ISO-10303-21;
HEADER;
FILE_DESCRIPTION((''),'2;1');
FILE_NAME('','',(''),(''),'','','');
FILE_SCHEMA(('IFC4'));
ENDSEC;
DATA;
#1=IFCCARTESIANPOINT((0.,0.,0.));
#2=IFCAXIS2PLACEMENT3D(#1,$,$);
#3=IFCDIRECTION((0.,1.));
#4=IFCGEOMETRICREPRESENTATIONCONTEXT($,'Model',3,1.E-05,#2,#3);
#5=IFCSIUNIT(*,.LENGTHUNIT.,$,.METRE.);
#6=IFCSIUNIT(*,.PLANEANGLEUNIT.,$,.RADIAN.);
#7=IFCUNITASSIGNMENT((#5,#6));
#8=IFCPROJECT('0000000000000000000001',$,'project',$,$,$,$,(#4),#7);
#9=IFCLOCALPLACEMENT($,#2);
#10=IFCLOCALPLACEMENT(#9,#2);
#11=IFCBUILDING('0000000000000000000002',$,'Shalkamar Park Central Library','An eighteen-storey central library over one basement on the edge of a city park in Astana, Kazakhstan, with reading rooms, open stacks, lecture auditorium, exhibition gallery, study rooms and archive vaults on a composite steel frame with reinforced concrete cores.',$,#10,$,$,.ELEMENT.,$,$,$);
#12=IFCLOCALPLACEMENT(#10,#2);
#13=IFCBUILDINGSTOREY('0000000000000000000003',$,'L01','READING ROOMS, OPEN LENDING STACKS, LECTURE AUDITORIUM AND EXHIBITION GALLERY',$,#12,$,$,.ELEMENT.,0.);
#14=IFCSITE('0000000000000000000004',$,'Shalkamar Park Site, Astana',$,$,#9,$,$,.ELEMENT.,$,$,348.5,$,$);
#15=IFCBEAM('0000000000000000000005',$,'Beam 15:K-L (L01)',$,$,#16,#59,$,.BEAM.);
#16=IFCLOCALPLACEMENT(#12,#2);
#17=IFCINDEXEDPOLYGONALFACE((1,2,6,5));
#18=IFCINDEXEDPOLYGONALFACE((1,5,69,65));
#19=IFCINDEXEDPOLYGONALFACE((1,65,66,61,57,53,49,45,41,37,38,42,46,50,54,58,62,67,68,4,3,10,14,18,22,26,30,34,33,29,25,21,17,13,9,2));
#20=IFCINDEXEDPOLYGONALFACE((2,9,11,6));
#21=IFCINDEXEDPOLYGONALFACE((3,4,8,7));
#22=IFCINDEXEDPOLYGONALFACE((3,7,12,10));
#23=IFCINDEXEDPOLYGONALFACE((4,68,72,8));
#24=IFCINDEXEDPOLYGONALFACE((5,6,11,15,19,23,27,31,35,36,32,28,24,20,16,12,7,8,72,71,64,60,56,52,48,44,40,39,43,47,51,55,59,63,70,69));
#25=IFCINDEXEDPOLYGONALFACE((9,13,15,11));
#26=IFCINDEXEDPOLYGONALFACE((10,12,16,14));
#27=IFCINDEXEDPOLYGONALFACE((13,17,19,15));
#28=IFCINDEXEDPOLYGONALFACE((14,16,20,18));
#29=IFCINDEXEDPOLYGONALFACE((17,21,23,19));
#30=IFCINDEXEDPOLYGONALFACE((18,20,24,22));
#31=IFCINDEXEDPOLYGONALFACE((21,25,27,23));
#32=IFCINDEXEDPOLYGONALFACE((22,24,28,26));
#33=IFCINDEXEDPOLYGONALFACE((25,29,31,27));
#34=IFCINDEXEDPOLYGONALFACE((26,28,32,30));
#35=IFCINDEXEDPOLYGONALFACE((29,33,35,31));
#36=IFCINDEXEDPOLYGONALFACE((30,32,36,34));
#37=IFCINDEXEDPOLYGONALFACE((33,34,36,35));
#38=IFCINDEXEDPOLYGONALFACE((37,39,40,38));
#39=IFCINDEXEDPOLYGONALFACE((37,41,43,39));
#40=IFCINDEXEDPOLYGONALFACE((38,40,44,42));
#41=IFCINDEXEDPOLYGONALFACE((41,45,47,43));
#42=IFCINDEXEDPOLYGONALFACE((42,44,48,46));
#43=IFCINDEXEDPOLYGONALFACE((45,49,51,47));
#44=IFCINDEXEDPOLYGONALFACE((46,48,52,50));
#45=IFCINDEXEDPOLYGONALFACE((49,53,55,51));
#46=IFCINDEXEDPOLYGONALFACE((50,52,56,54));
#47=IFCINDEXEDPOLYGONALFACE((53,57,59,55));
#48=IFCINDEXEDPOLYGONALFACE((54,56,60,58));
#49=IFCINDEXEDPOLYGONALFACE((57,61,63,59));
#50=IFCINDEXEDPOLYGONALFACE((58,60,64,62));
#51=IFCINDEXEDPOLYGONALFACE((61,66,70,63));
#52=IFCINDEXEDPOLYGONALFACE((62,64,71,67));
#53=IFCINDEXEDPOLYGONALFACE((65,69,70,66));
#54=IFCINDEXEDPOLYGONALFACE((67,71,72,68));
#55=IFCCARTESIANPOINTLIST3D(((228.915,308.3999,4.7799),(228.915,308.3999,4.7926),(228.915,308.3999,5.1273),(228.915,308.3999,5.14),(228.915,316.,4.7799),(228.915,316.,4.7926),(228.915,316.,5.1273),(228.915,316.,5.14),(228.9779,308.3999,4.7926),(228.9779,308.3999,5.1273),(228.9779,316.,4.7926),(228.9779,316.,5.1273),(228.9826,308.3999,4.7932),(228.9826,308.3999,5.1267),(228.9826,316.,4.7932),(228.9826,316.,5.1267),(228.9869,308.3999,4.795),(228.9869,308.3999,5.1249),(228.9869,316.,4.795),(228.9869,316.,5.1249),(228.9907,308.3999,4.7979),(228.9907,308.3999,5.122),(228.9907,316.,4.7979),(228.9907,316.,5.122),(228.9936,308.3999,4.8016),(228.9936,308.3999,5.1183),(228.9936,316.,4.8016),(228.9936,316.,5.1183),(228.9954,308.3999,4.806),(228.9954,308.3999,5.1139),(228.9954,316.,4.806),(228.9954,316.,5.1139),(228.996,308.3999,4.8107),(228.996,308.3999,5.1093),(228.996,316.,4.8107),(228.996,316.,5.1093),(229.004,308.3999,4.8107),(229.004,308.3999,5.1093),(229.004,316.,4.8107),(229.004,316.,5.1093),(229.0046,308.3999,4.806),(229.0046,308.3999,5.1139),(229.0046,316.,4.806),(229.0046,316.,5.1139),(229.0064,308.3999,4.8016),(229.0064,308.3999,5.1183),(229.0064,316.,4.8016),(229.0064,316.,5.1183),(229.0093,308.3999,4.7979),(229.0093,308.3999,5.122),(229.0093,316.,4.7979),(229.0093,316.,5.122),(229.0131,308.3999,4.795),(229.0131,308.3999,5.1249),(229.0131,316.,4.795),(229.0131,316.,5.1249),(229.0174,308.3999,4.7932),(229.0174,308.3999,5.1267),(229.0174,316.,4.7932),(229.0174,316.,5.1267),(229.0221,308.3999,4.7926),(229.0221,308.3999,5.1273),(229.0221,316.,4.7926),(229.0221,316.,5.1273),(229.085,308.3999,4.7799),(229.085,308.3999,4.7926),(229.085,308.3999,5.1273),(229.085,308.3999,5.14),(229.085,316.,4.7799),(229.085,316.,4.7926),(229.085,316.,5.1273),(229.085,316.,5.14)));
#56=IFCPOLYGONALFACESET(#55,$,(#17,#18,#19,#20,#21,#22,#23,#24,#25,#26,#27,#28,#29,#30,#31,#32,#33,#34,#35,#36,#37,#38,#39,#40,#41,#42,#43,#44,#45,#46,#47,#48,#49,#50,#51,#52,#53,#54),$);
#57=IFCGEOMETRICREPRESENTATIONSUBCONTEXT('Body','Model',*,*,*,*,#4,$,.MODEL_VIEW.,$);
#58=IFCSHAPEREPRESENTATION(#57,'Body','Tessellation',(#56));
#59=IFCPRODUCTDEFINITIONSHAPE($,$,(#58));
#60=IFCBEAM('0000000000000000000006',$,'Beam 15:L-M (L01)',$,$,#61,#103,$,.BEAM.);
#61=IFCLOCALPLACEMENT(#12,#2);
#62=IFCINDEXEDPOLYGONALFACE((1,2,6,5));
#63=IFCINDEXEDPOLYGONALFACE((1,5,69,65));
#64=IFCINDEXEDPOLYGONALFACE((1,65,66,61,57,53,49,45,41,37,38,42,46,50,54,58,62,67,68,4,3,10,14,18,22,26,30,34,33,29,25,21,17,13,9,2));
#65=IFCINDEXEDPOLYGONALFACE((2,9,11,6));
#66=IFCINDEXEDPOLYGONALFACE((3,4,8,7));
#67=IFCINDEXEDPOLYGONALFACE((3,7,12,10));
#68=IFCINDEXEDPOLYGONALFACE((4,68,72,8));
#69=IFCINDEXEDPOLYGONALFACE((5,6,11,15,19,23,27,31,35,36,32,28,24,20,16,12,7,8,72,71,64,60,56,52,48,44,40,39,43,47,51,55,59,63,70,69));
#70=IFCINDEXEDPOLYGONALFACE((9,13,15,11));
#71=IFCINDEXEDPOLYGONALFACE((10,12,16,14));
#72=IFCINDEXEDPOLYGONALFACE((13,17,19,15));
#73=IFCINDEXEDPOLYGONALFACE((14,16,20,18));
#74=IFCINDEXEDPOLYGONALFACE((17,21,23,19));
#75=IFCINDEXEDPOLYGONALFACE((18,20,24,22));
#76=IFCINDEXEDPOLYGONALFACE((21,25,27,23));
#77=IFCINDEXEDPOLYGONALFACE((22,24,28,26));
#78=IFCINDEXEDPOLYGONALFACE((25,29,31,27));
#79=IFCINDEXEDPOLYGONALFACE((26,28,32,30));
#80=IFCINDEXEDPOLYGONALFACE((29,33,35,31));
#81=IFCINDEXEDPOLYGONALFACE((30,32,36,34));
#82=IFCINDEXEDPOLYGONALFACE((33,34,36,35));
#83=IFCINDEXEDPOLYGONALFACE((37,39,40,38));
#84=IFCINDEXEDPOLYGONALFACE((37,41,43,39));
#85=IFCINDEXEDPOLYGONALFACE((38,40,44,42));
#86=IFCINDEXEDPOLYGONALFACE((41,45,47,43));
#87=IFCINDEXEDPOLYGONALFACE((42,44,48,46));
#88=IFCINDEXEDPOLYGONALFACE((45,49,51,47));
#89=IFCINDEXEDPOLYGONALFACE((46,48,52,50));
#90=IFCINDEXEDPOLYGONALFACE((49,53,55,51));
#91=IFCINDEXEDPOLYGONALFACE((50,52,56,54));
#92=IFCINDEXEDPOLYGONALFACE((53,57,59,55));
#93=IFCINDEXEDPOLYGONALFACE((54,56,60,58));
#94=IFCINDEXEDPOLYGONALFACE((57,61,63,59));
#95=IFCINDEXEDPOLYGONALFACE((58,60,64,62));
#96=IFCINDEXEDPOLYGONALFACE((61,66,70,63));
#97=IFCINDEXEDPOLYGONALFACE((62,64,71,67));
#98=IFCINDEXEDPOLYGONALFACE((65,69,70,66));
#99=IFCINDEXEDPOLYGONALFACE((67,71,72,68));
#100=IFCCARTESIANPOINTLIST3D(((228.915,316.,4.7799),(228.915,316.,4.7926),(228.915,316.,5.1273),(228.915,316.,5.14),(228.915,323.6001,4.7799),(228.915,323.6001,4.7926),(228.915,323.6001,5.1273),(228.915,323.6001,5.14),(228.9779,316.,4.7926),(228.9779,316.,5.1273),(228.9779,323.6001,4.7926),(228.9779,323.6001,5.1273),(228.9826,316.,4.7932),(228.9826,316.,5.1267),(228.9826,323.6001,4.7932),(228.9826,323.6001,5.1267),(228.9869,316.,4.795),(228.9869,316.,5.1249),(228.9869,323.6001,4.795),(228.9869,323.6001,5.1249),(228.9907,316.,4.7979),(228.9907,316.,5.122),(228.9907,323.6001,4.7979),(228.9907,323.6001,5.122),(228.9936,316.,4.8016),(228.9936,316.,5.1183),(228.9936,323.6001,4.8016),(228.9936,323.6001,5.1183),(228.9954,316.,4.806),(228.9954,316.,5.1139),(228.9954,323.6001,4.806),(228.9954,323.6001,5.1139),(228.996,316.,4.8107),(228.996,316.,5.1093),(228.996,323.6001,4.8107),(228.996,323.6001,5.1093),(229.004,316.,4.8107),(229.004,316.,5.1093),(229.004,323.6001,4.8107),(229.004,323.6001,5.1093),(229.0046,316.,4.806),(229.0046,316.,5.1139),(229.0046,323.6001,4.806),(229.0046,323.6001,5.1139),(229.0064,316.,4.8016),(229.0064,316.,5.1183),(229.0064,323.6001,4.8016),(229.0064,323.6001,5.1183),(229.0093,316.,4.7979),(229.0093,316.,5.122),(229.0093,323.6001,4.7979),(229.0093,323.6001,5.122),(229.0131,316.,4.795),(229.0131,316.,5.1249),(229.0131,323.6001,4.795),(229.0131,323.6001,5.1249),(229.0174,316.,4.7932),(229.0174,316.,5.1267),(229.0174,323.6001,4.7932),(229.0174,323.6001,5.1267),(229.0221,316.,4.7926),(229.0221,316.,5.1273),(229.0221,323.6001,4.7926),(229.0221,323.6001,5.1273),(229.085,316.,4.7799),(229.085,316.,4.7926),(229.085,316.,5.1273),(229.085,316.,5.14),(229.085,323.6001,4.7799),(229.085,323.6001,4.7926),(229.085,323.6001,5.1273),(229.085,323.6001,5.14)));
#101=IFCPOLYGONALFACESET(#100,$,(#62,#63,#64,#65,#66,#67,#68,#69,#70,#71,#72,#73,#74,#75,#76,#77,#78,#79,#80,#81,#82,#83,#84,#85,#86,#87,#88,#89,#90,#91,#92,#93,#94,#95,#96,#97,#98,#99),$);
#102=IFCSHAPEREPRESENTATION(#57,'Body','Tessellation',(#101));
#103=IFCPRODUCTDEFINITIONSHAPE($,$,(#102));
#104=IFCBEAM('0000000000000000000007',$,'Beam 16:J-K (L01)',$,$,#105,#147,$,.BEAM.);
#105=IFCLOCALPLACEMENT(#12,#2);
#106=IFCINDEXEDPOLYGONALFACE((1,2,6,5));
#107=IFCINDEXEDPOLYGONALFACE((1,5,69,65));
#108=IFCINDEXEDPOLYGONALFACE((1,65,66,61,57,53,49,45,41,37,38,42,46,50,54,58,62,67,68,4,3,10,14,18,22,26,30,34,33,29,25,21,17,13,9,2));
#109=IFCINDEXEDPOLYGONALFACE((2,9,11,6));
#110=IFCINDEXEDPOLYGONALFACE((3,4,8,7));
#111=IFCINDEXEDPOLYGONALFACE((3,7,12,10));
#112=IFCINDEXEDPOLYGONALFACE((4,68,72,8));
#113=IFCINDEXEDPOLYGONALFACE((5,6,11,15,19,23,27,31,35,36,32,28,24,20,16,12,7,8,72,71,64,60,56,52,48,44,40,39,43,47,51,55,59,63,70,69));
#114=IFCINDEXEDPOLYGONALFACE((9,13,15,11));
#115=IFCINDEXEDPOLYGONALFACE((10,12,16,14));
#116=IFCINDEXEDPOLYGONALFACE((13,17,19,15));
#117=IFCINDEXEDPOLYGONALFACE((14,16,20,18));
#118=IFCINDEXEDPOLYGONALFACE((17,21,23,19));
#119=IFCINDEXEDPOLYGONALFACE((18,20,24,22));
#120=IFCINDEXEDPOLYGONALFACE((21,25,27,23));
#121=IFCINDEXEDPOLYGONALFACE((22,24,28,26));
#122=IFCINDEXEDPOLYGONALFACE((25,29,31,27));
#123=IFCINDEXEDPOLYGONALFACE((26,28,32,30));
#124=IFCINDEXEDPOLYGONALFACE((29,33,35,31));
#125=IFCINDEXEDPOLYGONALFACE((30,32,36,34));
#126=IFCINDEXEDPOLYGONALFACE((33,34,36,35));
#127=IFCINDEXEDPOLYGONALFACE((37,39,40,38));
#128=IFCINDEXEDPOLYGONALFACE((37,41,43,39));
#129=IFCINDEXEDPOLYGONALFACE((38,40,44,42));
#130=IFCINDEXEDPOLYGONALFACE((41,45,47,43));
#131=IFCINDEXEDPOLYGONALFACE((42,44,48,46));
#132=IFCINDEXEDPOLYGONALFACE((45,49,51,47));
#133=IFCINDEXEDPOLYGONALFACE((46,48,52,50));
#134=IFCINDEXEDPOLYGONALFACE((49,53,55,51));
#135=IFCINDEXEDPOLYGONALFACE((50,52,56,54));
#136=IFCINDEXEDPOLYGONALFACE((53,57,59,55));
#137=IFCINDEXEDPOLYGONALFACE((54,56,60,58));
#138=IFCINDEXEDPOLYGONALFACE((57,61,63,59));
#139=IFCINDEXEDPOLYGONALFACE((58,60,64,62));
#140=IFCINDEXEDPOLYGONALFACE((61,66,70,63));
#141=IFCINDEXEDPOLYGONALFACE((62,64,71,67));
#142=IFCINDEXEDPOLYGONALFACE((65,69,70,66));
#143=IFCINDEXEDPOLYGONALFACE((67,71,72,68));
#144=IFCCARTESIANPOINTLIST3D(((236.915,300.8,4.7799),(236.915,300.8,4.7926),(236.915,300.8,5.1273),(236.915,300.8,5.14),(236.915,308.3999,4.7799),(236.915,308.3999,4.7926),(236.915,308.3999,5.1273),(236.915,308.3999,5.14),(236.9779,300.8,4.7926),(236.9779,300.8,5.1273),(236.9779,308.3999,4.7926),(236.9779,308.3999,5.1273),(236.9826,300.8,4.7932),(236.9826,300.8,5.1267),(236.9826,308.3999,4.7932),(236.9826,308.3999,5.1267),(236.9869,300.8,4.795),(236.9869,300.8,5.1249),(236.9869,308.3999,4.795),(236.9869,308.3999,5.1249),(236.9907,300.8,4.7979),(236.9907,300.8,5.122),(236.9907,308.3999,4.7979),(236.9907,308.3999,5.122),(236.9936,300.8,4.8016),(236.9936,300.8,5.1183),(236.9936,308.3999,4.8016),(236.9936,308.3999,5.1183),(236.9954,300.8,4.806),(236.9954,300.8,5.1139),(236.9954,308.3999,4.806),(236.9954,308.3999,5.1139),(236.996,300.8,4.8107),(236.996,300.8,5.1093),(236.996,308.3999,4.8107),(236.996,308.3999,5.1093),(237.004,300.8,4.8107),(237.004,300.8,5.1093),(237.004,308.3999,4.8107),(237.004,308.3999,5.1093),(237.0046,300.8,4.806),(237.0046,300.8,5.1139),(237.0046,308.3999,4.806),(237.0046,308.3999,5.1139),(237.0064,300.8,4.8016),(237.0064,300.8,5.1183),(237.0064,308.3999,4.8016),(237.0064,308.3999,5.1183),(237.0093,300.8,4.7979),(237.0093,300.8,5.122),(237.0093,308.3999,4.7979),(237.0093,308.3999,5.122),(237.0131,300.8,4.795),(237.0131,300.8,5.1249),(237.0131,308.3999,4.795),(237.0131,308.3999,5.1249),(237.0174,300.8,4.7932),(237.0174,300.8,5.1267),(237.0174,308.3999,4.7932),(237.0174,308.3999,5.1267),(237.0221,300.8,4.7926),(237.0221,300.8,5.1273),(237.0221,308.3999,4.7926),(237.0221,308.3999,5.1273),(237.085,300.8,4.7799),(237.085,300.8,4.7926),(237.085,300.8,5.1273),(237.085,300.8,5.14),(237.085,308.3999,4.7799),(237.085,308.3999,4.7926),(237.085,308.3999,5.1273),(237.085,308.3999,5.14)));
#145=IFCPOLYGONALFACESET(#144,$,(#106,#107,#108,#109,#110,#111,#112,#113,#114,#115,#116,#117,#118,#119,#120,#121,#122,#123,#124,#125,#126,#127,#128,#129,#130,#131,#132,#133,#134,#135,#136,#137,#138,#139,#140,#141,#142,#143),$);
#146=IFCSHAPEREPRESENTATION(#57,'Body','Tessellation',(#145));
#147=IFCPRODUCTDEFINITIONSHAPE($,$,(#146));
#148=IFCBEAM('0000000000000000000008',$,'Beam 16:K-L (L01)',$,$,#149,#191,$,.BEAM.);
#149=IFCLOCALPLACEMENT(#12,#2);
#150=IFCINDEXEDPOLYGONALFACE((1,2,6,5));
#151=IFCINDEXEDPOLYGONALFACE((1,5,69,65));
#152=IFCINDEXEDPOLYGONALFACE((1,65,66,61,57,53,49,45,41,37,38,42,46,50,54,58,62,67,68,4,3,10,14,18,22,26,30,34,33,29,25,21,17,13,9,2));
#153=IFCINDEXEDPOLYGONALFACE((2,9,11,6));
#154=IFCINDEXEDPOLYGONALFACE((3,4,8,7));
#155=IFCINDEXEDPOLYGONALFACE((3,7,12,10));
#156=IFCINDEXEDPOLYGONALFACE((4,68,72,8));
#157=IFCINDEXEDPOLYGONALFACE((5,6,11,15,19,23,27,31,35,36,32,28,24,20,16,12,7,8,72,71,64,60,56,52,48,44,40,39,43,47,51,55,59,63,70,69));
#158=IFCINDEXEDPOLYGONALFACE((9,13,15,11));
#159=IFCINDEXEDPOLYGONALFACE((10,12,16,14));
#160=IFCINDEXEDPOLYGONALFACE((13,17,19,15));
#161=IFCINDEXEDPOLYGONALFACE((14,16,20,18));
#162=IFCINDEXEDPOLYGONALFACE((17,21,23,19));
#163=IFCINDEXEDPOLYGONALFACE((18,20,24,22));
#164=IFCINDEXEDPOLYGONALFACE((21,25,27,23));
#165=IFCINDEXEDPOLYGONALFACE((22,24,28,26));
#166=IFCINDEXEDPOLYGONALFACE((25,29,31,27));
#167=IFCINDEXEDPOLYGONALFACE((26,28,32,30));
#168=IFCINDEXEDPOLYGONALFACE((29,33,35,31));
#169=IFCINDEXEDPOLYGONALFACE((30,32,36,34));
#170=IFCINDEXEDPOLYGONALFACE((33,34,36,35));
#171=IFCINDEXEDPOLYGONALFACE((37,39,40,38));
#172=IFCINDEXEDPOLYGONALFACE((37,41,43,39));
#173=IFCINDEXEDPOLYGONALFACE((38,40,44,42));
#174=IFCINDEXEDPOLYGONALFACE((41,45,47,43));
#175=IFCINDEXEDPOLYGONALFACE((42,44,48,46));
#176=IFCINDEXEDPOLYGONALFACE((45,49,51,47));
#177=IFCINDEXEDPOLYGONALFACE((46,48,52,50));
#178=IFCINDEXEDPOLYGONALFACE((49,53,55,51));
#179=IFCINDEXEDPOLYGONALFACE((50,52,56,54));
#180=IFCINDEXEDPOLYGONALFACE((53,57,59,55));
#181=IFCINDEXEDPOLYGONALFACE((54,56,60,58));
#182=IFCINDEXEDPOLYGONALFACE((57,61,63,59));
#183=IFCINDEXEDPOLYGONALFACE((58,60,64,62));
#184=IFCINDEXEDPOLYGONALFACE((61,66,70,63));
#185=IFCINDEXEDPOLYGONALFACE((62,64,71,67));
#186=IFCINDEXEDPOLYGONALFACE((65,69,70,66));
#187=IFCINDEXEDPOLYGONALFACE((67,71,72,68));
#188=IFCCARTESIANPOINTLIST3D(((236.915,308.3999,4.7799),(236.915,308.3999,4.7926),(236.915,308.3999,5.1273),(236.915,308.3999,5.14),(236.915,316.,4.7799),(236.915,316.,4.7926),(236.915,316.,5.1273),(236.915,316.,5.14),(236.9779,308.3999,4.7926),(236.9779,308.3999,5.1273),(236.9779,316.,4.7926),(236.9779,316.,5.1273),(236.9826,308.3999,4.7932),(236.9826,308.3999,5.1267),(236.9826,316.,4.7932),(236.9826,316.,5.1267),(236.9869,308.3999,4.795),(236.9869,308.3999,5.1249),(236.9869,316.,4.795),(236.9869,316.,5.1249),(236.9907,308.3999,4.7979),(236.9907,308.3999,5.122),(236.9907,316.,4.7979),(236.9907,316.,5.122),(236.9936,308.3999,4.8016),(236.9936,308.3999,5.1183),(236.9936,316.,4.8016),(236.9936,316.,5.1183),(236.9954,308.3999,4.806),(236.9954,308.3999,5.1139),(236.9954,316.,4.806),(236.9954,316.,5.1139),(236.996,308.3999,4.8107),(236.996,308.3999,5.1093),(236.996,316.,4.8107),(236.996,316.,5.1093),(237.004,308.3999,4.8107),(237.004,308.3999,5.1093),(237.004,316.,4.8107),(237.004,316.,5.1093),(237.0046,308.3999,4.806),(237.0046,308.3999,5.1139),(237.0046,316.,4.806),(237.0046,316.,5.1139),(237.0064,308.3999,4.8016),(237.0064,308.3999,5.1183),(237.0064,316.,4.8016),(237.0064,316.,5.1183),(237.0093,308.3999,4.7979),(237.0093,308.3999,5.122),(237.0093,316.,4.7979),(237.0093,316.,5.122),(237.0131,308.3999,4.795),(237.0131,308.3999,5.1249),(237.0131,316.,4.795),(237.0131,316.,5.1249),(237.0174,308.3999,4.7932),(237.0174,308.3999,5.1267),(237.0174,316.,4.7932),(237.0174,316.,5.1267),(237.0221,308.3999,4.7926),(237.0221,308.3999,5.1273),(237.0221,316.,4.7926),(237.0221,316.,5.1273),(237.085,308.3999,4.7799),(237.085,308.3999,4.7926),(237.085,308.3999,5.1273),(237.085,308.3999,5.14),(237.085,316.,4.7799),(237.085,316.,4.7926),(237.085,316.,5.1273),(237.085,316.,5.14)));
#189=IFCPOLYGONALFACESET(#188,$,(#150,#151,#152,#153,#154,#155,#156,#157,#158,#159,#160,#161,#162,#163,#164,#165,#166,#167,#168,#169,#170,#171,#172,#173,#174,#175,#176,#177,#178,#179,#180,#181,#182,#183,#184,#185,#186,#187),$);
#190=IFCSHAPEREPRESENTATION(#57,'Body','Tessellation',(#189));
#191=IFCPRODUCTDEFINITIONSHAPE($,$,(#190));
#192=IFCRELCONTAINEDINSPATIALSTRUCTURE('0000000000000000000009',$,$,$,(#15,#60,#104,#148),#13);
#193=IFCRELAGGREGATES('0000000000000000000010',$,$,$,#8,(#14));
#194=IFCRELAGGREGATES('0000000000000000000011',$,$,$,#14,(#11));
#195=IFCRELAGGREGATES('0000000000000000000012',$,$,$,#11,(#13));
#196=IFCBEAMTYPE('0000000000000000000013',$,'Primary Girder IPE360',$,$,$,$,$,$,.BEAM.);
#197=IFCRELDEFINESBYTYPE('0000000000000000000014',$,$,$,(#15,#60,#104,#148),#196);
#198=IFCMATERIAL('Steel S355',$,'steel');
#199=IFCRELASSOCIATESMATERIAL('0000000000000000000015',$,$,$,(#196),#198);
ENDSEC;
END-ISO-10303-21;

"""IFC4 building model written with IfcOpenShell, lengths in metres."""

from ifc_helpers import new_model, si_unit, direction, frame, origin, origin_2d, place, context, subcontext, project, spatial, i_section, extrude, material, material_profile, profile_set, type_object, element, save


model = new_model("IFC4")

# Units and contexts
model_context = context("Model", 3, precision=1e-05, world=origin(), true_north=direction((0.0, 1.0)))
body_context = subcontext(model_context, "Body", "Model", "MODEL_VIEW")
ifc_project = project(units=[si_unit("LENGTHUNIT", "METRE"), si_unit("PLANEANGLEUNIT", "RADIAN")], contexts=[model_context])

# Site, building, storey
site_placement = place(None, origin())
site = spatial("IfcSite", under=ifc_project, at=site_placement, Name="Shalkamar Park Site, Astana", CompositionType="ELEMENT", RefElevation=348.5)
building_placement = place(site_placement, origin())
building = spatial("IfcBuilding", under=site, at=building_placement, Name="Shalkamar Park Central Library", Description="An eighteen-storey central library over one basement on the edge of a city park in Astana, Kazakhstan, with reading rooms, open stacks, lecture auditorium, exhibition gallery, study rooms and archive vaults on a composite steel frame with reinforced concrete cores.", CompositionType="ELEMENT")
storey_placement = place(building_placement, origin())
storey = spatial("IfcBuildingStorey", under=building, at=storey_placement, Name="L01", Description="READING ROOMS, OPEN LENDING STACKS, LECTURE AUDITORIUM AND EXHIBITION GALLERY", CompositionType="ELEMENT", Elevation=0.0)

# Shared definitions
ifc_material_1 = material(Name="Steel S355", Category="steel")

# Beams
ifc_material_profile_1 = material_profile(ifc_material_1, i_section(OverallWidth=0.1699, OverallDepth=0.3601, WebThickness=0.0081, FlangeThickness=0.0127, FilletRadius=0.0181, at=origin_2d()), Name="IPE 360")
ifc_profile_set_1 = profile_set([ifc_material_profile_1], Name="Steel S355")
beam_type_1 = type_object("IfcBeamType", Name="Primary Girder IPE360", PredefinedType="BEAM", material=ifc_profile_set_1)
for number, where, z_axis, x_axis, name in (
    (1, (229.0, 308.3999, 4.96), (0.0, 1.0, 0.0), (-1.0, 0.0, 0.0), "Beam 15:K-L (L01)"),
    (2, (229.0, 316.0, 4.96), (0.0, 1.0, 0.0), (-1.0, 0.0, 0.0), "Beam 15:L-M (L01)"),
):
    element("IfcBeam", number, at=place(storey_placement, frame(where, z_axis=z_axis, x_axis=x_axis)), inside=storey, type_object=beam_type_1, Name=name, PredefinedType="BEAM", context=body_context, shape_type="SweptSolid", body=[
        extrude(i_section(OverallWidth=0.1699, OverallDepth=0.3601, WebThickness=0.0081, FlangeThickness=0.0127, FilletRadius=0.0181, at=origin_2d()), origin(), (0.0, 0.0, 1.0), 7.6001),
    ])
beam_1_placement = place(storey_placement, frame((237.0, 300.8, 4.96), z_axis=(0.0, 1.0, 0.0), x_axis=(-1.0, 0.0, 0.0)))
element("IfcBeam", 3, at=beam_1_placement, inside=storey, type_object=beam_type_1, Name="Beam 16:J-K (L01)", PredefinedType="BEAM", context=body_context, shape_type="SweptSolid", body=[
    extrude(i_section(OverallWidth=0.1699, OverallDepth=0.3601, WebThickness=0.0081, FlangeThickness=0.0127, FilletRadius=0.0181, at=origin_2d()), origin(), (0.0, 0.0, 1.0), 7.5999),
])
for number, where, z_axis, x_axis, name in (
    (4, (237.0, 308.3999, 4.96), (0.0, 1.0, 0.0), (-1.0, 0.0, 0.0), "Beam 16:K-L (L01)"),
):
    element("IfcBeam", number, at=place(storey_placement, frame(where, z_axis=z_axis, x_axis=x_axis)), inside=storey, type_object=beam_type_1, Name=name, PredefinedType="BEAM", context=body_context, shape_type="SweptSolid", body=[
        extrude(i_section(OverallWidth=0.1699, OverallDepth=0.3601, WebThickness=0.0081, FlangeThickness=0.0127, FilletRadius=0.0181, at=origin_2d()), origin(), (0.0, 0.0, 1.0), 7.6001),
    ])

save(model, "model.ifc")
